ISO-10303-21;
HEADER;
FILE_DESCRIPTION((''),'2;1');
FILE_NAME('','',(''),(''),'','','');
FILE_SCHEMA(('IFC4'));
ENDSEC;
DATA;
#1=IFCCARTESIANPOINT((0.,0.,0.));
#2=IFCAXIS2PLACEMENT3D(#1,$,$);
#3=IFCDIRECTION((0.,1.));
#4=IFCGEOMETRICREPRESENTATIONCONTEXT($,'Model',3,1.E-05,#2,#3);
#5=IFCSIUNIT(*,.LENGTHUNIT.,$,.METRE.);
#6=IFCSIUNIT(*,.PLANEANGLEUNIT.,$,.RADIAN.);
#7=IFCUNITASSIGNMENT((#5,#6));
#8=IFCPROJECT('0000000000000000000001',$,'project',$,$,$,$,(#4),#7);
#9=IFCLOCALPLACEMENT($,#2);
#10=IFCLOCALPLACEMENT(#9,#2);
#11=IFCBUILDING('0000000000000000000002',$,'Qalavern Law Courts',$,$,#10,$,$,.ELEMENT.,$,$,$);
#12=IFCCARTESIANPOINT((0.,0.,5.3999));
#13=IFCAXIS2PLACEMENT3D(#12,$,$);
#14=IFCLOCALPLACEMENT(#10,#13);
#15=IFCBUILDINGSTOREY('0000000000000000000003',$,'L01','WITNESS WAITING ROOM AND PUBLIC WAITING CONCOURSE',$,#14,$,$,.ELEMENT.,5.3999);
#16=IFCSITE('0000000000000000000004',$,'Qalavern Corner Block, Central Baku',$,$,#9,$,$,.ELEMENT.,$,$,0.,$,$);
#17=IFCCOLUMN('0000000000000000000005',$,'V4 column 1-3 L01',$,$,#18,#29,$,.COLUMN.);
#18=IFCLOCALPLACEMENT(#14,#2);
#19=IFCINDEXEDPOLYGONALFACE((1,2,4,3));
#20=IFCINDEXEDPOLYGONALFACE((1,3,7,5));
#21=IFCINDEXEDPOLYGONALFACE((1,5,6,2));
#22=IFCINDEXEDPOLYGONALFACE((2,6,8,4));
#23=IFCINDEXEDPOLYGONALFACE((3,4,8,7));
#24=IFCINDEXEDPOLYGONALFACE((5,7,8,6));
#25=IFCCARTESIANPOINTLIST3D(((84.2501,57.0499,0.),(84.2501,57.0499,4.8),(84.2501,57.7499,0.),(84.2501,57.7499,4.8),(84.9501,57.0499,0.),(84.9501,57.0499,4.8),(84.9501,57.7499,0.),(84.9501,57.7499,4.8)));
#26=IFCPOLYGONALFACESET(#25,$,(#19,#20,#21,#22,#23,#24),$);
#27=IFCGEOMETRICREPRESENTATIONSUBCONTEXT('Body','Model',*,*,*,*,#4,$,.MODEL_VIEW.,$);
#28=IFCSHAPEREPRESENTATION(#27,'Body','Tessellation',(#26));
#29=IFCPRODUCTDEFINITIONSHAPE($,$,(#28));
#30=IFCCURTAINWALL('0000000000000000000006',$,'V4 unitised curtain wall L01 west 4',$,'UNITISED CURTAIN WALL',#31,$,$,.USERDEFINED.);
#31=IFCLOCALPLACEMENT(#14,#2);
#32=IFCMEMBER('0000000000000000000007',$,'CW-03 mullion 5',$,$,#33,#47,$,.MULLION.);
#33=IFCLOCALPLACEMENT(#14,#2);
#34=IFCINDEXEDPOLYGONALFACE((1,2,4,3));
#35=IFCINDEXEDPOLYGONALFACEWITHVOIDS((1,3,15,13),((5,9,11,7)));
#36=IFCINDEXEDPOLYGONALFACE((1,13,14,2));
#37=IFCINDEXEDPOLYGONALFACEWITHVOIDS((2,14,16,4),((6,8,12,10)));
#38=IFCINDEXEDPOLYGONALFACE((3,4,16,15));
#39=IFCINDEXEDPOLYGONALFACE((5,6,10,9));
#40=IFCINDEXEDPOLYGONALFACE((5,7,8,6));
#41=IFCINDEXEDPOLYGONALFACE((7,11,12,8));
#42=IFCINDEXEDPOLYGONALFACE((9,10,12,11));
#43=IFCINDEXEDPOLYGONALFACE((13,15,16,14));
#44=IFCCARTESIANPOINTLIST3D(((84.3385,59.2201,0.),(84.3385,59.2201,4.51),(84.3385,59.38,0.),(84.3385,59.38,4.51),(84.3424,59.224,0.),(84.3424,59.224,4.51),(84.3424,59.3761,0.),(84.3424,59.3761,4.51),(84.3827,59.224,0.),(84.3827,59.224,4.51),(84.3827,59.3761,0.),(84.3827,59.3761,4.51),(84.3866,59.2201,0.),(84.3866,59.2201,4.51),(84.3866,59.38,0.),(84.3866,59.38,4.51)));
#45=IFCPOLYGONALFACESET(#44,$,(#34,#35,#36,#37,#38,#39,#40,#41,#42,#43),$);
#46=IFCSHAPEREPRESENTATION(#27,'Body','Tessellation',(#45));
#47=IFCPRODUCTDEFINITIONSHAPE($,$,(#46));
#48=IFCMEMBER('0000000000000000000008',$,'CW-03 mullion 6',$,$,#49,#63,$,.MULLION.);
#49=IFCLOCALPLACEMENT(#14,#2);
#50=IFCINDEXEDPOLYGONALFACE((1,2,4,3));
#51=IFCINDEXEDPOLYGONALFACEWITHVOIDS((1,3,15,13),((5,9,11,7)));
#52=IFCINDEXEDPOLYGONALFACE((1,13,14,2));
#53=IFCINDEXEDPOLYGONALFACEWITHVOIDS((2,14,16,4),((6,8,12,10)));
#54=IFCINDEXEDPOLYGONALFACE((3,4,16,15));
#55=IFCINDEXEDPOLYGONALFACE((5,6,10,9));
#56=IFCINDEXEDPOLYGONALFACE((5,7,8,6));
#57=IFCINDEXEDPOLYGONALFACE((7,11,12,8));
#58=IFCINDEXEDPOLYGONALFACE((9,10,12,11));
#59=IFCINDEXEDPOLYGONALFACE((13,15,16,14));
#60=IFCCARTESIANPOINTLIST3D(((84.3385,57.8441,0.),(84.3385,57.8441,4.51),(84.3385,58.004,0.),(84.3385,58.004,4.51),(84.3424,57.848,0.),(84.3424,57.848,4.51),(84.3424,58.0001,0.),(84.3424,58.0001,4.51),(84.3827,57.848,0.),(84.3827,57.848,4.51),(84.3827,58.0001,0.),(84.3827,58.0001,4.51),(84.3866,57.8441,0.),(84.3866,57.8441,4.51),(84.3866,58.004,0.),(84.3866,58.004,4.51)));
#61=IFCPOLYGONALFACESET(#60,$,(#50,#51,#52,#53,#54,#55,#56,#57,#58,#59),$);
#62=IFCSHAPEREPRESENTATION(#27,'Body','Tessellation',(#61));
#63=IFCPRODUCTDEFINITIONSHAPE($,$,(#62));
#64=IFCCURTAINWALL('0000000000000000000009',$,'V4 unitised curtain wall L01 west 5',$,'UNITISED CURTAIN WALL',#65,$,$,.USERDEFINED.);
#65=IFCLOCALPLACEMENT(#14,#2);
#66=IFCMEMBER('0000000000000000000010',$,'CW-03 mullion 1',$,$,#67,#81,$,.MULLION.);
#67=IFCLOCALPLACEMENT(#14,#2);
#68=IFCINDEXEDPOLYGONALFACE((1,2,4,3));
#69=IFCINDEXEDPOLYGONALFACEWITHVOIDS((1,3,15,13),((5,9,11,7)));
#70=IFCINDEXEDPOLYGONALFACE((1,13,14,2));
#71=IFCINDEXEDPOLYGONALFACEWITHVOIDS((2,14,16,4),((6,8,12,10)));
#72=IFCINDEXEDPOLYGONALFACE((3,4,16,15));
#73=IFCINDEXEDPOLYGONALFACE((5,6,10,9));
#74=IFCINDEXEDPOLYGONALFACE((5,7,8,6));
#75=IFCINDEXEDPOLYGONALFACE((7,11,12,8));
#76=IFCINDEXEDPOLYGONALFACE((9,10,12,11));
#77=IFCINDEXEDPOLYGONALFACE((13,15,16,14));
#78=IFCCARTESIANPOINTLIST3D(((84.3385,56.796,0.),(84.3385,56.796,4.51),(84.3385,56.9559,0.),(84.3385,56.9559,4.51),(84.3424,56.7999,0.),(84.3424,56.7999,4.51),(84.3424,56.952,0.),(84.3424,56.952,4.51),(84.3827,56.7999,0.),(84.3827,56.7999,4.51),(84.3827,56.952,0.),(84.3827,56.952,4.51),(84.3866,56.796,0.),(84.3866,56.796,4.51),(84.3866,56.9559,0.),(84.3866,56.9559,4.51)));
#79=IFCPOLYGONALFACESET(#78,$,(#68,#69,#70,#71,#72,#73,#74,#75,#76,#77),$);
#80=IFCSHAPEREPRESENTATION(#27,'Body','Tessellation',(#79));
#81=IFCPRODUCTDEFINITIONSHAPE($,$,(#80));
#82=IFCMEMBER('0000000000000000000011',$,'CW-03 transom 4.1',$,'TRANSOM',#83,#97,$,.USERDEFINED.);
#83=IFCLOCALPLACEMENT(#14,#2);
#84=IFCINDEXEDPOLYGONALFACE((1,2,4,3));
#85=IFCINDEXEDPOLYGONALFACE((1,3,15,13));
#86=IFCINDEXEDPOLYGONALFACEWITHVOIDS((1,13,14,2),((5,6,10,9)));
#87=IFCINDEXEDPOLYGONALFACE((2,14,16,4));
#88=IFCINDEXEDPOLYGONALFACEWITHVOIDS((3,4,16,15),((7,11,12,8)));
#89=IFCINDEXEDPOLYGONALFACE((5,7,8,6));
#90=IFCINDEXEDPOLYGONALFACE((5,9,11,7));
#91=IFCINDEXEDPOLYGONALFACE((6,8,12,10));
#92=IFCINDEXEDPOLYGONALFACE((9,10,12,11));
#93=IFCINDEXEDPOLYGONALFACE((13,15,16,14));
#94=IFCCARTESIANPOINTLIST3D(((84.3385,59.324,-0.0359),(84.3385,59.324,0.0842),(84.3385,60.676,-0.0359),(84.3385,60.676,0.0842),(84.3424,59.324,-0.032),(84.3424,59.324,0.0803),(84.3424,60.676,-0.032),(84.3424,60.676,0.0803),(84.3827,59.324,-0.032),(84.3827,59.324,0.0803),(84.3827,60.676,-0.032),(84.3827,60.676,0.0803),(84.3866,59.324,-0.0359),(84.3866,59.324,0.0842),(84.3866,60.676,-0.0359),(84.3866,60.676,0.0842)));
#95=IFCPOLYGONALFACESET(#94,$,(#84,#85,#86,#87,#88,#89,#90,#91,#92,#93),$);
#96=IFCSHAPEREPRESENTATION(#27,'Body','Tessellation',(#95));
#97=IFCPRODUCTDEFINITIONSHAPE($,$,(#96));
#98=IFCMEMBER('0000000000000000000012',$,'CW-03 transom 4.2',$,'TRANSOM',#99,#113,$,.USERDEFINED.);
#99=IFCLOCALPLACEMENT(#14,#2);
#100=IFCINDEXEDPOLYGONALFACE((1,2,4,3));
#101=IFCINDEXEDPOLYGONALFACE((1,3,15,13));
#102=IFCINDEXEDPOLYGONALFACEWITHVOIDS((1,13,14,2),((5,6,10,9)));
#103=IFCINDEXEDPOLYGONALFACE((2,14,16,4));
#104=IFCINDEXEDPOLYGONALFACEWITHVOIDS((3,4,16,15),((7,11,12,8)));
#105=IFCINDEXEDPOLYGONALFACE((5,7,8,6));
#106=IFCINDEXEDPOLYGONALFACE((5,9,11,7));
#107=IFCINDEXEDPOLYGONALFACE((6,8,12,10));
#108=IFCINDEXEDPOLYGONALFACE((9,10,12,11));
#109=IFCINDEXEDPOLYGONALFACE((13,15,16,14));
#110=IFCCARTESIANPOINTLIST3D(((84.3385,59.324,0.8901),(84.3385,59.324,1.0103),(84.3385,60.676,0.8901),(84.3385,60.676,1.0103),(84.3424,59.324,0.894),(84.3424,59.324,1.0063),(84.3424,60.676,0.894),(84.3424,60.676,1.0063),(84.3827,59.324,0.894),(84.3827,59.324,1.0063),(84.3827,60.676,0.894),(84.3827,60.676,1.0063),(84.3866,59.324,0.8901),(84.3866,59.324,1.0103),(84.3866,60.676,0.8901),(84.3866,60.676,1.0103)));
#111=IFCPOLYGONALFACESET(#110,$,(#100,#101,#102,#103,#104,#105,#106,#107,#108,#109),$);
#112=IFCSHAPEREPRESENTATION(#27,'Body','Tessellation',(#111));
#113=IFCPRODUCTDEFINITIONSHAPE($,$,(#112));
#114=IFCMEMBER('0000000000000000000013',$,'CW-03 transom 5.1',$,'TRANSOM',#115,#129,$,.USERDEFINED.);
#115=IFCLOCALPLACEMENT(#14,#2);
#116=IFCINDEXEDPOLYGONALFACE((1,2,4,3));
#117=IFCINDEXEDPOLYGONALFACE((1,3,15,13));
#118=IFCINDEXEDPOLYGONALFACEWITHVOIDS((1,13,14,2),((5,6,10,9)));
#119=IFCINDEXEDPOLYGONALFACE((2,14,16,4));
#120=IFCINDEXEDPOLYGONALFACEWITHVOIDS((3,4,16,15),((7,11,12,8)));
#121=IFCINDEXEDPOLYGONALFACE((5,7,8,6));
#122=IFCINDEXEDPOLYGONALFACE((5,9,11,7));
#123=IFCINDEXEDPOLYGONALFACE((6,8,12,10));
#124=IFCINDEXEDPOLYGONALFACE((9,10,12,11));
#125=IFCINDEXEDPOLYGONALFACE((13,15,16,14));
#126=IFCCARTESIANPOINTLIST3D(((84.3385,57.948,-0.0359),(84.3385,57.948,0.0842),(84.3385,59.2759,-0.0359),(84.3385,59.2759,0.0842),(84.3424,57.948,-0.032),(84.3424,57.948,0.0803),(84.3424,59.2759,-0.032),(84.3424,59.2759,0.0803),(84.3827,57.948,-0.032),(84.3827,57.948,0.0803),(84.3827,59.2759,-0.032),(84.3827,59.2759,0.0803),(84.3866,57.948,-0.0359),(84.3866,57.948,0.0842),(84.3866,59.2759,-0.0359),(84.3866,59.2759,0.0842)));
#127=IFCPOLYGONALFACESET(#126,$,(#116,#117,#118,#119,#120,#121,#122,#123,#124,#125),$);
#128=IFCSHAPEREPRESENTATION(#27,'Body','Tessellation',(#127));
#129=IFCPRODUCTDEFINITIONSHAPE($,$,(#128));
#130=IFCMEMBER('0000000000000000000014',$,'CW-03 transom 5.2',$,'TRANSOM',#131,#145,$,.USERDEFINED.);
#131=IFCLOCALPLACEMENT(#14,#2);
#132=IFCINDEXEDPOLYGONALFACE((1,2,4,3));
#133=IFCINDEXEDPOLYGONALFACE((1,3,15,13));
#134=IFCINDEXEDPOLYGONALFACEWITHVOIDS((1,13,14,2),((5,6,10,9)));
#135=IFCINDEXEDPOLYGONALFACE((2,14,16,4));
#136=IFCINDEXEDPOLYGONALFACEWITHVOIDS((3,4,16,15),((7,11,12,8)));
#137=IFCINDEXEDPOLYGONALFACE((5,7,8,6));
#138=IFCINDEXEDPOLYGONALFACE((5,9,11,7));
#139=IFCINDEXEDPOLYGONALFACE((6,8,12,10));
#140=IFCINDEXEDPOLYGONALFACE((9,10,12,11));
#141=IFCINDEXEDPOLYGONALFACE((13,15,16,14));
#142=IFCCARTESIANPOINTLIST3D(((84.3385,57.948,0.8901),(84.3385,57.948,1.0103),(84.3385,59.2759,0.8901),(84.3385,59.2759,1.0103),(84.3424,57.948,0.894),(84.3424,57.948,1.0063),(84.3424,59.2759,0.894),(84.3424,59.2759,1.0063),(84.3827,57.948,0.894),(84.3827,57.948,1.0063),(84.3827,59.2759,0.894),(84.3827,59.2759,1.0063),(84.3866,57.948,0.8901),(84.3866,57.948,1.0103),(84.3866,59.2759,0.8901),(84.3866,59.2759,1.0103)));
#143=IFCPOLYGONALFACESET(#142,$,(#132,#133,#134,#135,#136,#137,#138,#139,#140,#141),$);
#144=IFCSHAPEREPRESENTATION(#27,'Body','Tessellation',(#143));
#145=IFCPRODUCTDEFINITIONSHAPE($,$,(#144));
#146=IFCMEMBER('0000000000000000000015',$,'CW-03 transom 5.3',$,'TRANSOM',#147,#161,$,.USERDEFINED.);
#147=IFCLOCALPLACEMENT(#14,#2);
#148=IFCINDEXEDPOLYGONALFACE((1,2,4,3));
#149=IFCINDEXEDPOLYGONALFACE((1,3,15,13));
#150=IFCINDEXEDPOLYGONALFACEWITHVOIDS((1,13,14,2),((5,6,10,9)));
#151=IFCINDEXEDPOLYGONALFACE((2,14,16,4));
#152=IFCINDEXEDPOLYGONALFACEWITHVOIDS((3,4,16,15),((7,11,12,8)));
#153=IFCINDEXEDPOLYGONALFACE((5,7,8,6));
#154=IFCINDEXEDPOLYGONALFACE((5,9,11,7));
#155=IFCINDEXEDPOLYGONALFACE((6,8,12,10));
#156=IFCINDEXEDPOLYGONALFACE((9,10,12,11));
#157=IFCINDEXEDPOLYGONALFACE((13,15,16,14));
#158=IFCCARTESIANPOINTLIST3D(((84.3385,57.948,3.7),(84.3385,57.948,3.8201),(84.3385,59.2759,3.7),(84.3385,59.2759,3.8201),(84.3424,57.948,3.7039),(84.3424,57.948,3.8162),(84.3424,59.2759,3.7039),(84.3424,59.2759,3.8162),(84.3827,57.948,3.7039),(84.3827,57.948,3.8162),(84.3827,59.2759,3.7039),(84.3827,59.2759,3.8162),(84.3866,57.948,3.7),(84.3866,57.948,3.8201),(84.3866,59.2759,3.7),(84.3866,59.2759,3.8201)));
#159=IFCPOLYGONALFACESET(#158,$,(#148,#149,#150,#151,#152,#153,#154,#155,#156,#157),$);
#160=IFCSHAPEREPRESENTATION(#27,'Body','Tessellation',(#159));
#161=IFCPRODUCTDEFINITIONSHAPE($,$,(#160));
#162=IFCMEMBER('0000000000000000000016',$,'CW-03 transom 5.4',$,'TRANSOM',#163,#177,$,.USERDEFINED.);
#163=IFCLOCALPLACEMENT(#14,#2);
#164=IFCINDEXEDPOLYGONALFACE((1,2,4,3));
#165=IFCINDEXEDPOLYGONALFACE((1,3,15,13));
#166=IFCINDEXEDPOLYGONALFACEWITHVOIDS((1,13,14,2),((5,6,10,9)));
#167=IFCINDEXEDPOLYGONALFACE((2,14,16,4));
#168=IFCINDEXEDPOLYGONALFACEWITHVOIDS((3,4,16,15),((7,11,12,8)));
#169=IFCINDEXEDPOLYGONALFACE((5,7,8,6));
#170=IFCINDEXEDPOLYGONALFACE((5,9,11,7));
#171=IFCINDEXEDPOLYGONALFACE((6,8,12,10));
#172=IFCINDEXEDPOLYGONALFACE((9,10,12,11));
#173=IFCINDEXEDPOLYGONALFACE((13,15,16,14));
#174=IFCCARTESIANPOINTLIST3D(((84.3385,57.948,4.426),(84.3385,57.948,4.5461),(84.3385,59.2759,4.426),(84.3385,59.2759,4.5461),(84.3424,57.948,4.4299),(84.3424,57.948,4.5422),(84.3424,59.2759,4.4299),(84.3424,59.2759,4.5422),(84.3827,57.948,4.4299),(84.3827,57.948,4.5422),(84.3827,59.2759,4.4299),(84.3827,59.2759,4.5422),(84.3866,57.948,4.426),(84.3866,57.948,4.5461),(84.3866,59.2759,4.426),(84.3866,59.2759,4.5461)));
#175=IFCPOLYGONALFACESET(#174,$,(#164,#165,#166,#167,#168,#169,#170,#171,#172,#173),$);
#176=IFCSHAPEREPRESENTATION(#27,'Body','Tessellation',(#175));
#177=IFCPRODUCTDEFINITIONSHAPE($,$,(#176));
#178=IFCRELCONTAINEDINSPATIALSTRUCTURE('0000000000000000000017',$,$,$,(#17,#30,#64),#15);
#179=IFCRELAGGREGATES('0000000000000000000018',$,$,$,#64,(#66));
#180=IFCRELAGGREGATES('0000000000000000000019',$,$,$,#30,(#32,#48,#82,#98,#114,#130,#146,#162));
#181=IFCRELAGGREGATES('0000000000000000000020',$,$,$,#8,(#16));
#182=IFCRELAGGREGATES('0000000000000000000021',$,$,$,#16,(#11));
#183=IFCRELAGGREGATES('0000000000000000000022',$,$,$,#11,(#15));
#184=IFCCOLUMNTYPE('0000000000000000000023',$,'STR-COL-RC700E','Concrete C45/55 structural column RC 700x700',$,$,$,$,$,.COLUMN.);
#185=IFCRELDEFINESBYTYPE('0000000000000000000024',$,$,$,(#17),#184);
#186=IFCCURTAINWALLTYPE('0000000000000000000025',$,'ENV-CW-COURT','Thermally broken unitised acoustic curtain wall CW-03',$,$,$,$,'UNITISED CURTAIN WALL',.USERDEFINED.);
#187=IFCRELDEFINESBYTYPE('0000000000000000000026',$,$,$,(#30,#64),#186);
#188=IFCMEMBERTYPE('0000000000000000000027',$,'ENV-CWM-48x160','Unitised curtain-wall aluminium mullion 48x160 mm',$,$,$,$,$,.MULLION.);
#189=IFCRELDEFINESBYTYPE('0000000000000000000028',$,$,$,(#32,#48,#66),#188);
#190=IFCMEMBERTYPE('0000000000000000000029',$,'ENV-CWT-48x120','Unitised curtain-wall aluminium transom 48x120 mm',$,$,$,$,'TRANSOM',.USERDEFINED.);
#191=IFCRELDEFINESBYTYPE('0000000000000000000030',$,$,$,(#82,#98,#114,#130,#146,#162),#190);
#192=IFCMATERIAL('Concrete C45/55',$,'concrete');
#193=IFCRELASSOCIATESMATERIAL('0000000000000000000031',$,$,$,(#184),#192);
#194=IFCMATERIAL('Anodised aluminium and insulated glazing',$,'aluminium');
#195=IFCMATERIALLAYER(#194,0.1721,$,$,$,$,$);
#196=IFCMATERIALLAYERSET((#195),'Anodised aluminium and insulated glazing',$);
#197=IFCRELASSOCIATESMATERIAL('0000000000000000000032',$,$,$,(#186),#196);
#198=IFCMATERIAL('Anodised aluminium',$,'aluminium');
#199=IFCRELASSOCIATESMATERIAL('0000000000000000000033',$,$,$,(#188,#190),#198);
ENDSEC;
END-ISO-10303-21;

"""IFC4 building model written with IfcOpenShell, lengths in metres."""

from ifc_helpers import new_model, si_unit, direction, frame, origin, origin_2d, place, context, subcontext, project, spatial, rectangle, hollow_rectangle, extrude, material, layer, layer_set, material_profile, profile_set, type_object, element, aggregate, save


model = new_model("IFC4")

# Units and contexts
model_context = context("Model", 3, precision=1e-05, world=origin(), true_north=direction((0.0, 1.0)))
body_context = subcontext(model_context, "Body", "Model", "MODEL_VIEW")
ifc_project = project(units=[si_unit("LENGTHUNIT", "METRE"), si_unit("PLANEANGLEUNIT", "RADIAN")], contexts=[model_context])

# Site, building, storey
site_placement = place(None, origin())
site = spatial("IfcSite", under=ifc_project, at=site_placement, Name="Qalavern Corner Block, Central Baku", CompositionType="ELEMENT", RefElevation=0.0)
building_placement = place(site_placement, origin())
building = spatial("IfcBuilding", under=site, at=building_placement, Name="Qalavern Law Courts", CompositionType="ELEMENT")
storey_placement = place(building_placement, frame((0.0, 0.0, 5.3999)))
storey = spatial("IfcBuildingStorey", under=building, at=storey_placement, Name="L01", Description="WITNESS WAITING ROOM AND PUBLIC WAITING CONCOURSE", CompositionType="ELEMENT", Elevation=5.3999)

# Column
ifc_material_1 = material(Name="Concrete C45/55", Category="concrete")
ifc_material_profile_1 = material_profile(ifc_material_1, rectangle(XDim=0.7, YDim=0.7, at=origin_2d()), Name="RC 700x700")
ifc_profile_set_1 = profile_set([ifc_material_profile_1], Name="Concrete C45/55")
column_type = type_object("IfcColumnType", Name="STR-COL-RC700E", Description="Concrete C45/55 structural column RC 700x700", PredefinedType="COLUMN", material=ifc_profile_set_1)
column_placement = place(storey_placement, frame((84.6001, 57.3999, 0.0), z_axis=(0.0, 0.0, 1.0), x_axis=(1.0, 0.0, 0.0)))
element("IfcColumn", 1, at=column_placement, inside=storey, type_object=column_type, Name="V4 column 1-3 L01", PredefinedType="COLUMN", context=body_context, shape_type="SweptSolid", body=[
    extrude(rectangle(XDim=0.7, YDim=0.7, at=origin_2d()), origin(), (0.0, 0.0, 1.0), 4.8),
])

# Curtain wall, members
ifc_material_2 = material(Name="Anodised aluminium and insulated glazing", Category="aluminium")
ifc_layer_1 = layer(ifc_material_2, 0.1721)
ifc_layer_set_1 = layer_set([ifc_layer_1], Name="Anodised aluminium and insulated glazing")
curtain_wall_type = type_object("IfcCurtainWallType", Name="ENV-CW-COURT", Description="Thermally broken unitised acoustic curtain wall CW-03", ElementType="UNITISED CURTAIN WALL", PredefinedType="USERDEFINED", material=ifc_layer_set_1)
curtain_wall_1_placement = place(storey_placement, origin())
curtain_wall_1 = element("IfcCurtainWall", 2, at=curtain_wall_1_placement, inside=storey, type_object=curtain_wall_type, Name="V4 unitised curtain wall L01 west 4", ObjectType="UNITISED CURTAIN WALL", PredefinedType="USERDEFINED")
ifc_material_3 = material(Name="Anodised aluminium", Category="aluminium")
ifc_material_profile_2 = material_profile(ifc_material_3, hollow_rectangle(XDim=0.0481, YDim=0.1599, WallThickness=0.0039, at=origin_2d()), Name="ALU MULLION 48x160")
ifc_profile_set_2 = profile_set([ifc_material_profile_2], Name="Anodised aluminium")
member_type_1 = type_object("IfcMemberType", Name="ENV-CWM-48x160", Description="Unitised curtain-wall aluminium mullion 48x160 mm", PredefinedType="MULLION", material=ifc_profile_set_2)
member_1_placement = place(storey_placement, frame((84.3625, 59.3, 0.0), z_axis=(0.0, 0.0, 1.0), x_axis=(1.0, 0.0, 0.0)))
member_1 = element("IfcMember", 3, at=member_1_placement, type_object=member_type_1, Name="CW-03 mullion 5", PredefinedType="MULLION", context=body_context, shape_type="SweptSolid", body=[
    extrude(hollow_rectangle(XDim=0.0481, YDim=0.1599, WallThickness=0.0039, at=origin_2d()), origin(), (0.0, 0.0, 1.0), 4.51),
])
member_2_placement = place(storey_placement, frame((84.3625, 57.9241, 0.0), z_axis=(0.0, 0.0, 1.0), x_axis=(1.0, 0.0, 0.0)))
member_2 = element("IfcMember", 4, at=member_2_placement, type_object=member_type_1, Name="CW-03 mullion 6", PredefinedType="MULLION", context=body_context, shape_type="SweptSolid", body=[
    extrude(hollow_rectangle(XDim=0.0481, YDim=0.1599, WallThickness=0.0039, at=origin_2d()), origin(), (0.0, 0.0, 1.0), 4.51),
])

# Curtain wall, member
curtain_wall_2_placement = place(storey_placement, origin())
curtain_wall_2 = element("IfcCurtainWall", 5, at=curtain_wall_2_placement, inside=storey, type_object=curtain_wall_type, Name="V4 unitised curtain wall L01 west 5", ObjectType="UNITISED CURTAIN WALL", PredefinedType="USERDEFINED")
member_3_placement = place(storey_placement, frame((84.3625, 56.876, 0.0), z_axis=(0.0, 0.0, 1.0), x_axis=(1.0, 0.0, 0.0)))
member_3 = element("IfcMember", 6, at=member_3_placement, type_object=member_type_1, Name="CW-03 mullion 1", PredefinedType="MULLION", context=body_context, shape_type="SweptSolid", body=[
    extrude(hollow_rectangle(XDim=0.0481, YDim=0.1599, WallThickness=0.0039, at=origin_2d()), origin(), (0.0, 0.0, 1.0), 4.51),
])
aggregate(curtain_wall_2, [member_3])

# Members
ifc_material_profile_3 = material_profile(ifc_material_3, hollow_rectangle(XDim=0.0481, YDim=0.1201, WallThickness=0.0039, at=origin_2d()), Name="ALU TRANSOM 48x120")
ifc_profile_set_3 = profile_set([ifc_material_profile_3], Name="Anodised aluminium")
member_type_2 = type_object("IfcMemberType", Name="ENV-CWT-48x120", Description="Unitised curtain-wall aluminium transom 48x120 mm", ElementType="TRANSOM", PredefinedType="USERDEFINED", material=ifc_profile_set_3)
member_4_placement = place(storey_placement, frame((84.3625, 60.676, 0.0242), z_axis=(0.0, -1.0, 0.0), x_axis=(1.0, 0.0, 0.0)))
member_4 = element("IfcMember", 7, at=member_4_placement, type_object=member_type_2, Name="CW-03 transom 4.1", ObjectType="TRANSOM", PredefinedType="USERDEFINED", context=body_context, shape_type="SweptSolid", body=[
    extrude(hollow_rectangle(XDim=0.0481, YDim=0.1201, WallThickness=0.0039, at=origin_2d()), origin(), (0.0, 0.0, 1.0), 1.3521),
])
member_5_placement = place(storey_placement, frame((84.3625, 60.676, 0.9502), z_axis=(0.0, -1.0, 0.0), x_axis=(1.0, 0.0, 0.0)))
member_5 = element("IfcMember", 8, at=member_5_placement, type_object=member_type_2, Name="CW-03 transom 4.2", ObjectType="TRANSOM", PredefinedType="USERDEFINED", context=body_context, shape_type="SweptSolid", body=[
    extrude(hollow_rectangle(XDim=0.0481, YDim=0.1201, WallThickness=0.0039, at=origin_2d()), origin(), (0.0, 0.0, 1.0), 1.3521),
])
member_6_placement = place(storey_placement, frame((84.3625, 59.2759, 0.0242), z_axis=(0.0, -1.0, 0.0), x_axis=(1.0, 0.0, 0.0)))
member_6 = element("IfcMember", 9, at=member_6_placement, type_object=member_type_2, Name="CW-03 transom 5.1", ObjectType="TRANSOM", PredefinedType="USERDEFINED", context=body_context, shape_type="SweptSolid", body=[
    extrude(hollow_rectangle(XDim=0.0481, YDim=0.1201, WallThickness=0.0039, at=origin_2d()), origin(), (0.0, 0.0, 1.0), 1.3279),
])
member_7_placement = place(storey_placement, frame((84.3625, 59.2759, 0.9502), z_axis=(0.0, -1.0, 0.0), x_axis=(1.0, 0.0, 0.0)))
member_7 = element("IfcMember", 10, at=member_7_placement, type_object=member_type_2, Name="CW-03 transom 5.2", ObjectType="TRANSOM", PredefinedType="USERDEFINED", context=body_context, shape_type="SweptSolid", body=[
    extrude(hollow_rectangle(XDim=0.0481, YDim=0.1201, WallThickness=0.0039, at=origin_2d()), origin(), (0.0, 0.0, 1.0), 1.3279),
])
member_8_placement = place(storey_placement, frame((84.3625, 59.2759, 3.76), z_axis=(0.0, -1.0, 0.0), x_axis=(1.0, 0.0, 0.0)))
member_8 = element("IfcMember", 11, at=member_8_placement, type_object=member_type_2, Name="CW-03 transom 5.3", ObjectType="TRANSOM", PredefinedType="USERDEFINED", context=body_context, shape_type="SweptSolid", body=[
    extrude(hollow_rectangle(XDim=0.0481, YDim=0.1201, WallThickness=0.0039, at=origin_2d()), origin(), (0.0, 0.0, 1.0), 1.3279),
])
member_9_placement = place(storey_placement, frame((84.3625, 59.2759, 4.4861), z_axis=(0.0, -1.0, 0.0), x_axis=(1.0, 0.0, 0.0)))
member_9 = element("IfcMember", 12, at=member_9_placement, type_object=member_type_2, Name="CW-03 transom 5.4", ObjectType="TRANSOM", PredefinedType="USERDEFINED", context=body_context, shape_type="SweptSolid", body=[
    extrude(hollow_rectangle(XDim=0.0481, YDim=0.1201, WallThickness=0.0039, at=origin_2d()), origin(), (0.0, 0.0, 1.0), 1.3279),
])

aggregate(curtain_wall_1, [member_1, member_2, member_4, member_5, member_6, member_7, member_8, member_9])

save(model, "model.ifc")
